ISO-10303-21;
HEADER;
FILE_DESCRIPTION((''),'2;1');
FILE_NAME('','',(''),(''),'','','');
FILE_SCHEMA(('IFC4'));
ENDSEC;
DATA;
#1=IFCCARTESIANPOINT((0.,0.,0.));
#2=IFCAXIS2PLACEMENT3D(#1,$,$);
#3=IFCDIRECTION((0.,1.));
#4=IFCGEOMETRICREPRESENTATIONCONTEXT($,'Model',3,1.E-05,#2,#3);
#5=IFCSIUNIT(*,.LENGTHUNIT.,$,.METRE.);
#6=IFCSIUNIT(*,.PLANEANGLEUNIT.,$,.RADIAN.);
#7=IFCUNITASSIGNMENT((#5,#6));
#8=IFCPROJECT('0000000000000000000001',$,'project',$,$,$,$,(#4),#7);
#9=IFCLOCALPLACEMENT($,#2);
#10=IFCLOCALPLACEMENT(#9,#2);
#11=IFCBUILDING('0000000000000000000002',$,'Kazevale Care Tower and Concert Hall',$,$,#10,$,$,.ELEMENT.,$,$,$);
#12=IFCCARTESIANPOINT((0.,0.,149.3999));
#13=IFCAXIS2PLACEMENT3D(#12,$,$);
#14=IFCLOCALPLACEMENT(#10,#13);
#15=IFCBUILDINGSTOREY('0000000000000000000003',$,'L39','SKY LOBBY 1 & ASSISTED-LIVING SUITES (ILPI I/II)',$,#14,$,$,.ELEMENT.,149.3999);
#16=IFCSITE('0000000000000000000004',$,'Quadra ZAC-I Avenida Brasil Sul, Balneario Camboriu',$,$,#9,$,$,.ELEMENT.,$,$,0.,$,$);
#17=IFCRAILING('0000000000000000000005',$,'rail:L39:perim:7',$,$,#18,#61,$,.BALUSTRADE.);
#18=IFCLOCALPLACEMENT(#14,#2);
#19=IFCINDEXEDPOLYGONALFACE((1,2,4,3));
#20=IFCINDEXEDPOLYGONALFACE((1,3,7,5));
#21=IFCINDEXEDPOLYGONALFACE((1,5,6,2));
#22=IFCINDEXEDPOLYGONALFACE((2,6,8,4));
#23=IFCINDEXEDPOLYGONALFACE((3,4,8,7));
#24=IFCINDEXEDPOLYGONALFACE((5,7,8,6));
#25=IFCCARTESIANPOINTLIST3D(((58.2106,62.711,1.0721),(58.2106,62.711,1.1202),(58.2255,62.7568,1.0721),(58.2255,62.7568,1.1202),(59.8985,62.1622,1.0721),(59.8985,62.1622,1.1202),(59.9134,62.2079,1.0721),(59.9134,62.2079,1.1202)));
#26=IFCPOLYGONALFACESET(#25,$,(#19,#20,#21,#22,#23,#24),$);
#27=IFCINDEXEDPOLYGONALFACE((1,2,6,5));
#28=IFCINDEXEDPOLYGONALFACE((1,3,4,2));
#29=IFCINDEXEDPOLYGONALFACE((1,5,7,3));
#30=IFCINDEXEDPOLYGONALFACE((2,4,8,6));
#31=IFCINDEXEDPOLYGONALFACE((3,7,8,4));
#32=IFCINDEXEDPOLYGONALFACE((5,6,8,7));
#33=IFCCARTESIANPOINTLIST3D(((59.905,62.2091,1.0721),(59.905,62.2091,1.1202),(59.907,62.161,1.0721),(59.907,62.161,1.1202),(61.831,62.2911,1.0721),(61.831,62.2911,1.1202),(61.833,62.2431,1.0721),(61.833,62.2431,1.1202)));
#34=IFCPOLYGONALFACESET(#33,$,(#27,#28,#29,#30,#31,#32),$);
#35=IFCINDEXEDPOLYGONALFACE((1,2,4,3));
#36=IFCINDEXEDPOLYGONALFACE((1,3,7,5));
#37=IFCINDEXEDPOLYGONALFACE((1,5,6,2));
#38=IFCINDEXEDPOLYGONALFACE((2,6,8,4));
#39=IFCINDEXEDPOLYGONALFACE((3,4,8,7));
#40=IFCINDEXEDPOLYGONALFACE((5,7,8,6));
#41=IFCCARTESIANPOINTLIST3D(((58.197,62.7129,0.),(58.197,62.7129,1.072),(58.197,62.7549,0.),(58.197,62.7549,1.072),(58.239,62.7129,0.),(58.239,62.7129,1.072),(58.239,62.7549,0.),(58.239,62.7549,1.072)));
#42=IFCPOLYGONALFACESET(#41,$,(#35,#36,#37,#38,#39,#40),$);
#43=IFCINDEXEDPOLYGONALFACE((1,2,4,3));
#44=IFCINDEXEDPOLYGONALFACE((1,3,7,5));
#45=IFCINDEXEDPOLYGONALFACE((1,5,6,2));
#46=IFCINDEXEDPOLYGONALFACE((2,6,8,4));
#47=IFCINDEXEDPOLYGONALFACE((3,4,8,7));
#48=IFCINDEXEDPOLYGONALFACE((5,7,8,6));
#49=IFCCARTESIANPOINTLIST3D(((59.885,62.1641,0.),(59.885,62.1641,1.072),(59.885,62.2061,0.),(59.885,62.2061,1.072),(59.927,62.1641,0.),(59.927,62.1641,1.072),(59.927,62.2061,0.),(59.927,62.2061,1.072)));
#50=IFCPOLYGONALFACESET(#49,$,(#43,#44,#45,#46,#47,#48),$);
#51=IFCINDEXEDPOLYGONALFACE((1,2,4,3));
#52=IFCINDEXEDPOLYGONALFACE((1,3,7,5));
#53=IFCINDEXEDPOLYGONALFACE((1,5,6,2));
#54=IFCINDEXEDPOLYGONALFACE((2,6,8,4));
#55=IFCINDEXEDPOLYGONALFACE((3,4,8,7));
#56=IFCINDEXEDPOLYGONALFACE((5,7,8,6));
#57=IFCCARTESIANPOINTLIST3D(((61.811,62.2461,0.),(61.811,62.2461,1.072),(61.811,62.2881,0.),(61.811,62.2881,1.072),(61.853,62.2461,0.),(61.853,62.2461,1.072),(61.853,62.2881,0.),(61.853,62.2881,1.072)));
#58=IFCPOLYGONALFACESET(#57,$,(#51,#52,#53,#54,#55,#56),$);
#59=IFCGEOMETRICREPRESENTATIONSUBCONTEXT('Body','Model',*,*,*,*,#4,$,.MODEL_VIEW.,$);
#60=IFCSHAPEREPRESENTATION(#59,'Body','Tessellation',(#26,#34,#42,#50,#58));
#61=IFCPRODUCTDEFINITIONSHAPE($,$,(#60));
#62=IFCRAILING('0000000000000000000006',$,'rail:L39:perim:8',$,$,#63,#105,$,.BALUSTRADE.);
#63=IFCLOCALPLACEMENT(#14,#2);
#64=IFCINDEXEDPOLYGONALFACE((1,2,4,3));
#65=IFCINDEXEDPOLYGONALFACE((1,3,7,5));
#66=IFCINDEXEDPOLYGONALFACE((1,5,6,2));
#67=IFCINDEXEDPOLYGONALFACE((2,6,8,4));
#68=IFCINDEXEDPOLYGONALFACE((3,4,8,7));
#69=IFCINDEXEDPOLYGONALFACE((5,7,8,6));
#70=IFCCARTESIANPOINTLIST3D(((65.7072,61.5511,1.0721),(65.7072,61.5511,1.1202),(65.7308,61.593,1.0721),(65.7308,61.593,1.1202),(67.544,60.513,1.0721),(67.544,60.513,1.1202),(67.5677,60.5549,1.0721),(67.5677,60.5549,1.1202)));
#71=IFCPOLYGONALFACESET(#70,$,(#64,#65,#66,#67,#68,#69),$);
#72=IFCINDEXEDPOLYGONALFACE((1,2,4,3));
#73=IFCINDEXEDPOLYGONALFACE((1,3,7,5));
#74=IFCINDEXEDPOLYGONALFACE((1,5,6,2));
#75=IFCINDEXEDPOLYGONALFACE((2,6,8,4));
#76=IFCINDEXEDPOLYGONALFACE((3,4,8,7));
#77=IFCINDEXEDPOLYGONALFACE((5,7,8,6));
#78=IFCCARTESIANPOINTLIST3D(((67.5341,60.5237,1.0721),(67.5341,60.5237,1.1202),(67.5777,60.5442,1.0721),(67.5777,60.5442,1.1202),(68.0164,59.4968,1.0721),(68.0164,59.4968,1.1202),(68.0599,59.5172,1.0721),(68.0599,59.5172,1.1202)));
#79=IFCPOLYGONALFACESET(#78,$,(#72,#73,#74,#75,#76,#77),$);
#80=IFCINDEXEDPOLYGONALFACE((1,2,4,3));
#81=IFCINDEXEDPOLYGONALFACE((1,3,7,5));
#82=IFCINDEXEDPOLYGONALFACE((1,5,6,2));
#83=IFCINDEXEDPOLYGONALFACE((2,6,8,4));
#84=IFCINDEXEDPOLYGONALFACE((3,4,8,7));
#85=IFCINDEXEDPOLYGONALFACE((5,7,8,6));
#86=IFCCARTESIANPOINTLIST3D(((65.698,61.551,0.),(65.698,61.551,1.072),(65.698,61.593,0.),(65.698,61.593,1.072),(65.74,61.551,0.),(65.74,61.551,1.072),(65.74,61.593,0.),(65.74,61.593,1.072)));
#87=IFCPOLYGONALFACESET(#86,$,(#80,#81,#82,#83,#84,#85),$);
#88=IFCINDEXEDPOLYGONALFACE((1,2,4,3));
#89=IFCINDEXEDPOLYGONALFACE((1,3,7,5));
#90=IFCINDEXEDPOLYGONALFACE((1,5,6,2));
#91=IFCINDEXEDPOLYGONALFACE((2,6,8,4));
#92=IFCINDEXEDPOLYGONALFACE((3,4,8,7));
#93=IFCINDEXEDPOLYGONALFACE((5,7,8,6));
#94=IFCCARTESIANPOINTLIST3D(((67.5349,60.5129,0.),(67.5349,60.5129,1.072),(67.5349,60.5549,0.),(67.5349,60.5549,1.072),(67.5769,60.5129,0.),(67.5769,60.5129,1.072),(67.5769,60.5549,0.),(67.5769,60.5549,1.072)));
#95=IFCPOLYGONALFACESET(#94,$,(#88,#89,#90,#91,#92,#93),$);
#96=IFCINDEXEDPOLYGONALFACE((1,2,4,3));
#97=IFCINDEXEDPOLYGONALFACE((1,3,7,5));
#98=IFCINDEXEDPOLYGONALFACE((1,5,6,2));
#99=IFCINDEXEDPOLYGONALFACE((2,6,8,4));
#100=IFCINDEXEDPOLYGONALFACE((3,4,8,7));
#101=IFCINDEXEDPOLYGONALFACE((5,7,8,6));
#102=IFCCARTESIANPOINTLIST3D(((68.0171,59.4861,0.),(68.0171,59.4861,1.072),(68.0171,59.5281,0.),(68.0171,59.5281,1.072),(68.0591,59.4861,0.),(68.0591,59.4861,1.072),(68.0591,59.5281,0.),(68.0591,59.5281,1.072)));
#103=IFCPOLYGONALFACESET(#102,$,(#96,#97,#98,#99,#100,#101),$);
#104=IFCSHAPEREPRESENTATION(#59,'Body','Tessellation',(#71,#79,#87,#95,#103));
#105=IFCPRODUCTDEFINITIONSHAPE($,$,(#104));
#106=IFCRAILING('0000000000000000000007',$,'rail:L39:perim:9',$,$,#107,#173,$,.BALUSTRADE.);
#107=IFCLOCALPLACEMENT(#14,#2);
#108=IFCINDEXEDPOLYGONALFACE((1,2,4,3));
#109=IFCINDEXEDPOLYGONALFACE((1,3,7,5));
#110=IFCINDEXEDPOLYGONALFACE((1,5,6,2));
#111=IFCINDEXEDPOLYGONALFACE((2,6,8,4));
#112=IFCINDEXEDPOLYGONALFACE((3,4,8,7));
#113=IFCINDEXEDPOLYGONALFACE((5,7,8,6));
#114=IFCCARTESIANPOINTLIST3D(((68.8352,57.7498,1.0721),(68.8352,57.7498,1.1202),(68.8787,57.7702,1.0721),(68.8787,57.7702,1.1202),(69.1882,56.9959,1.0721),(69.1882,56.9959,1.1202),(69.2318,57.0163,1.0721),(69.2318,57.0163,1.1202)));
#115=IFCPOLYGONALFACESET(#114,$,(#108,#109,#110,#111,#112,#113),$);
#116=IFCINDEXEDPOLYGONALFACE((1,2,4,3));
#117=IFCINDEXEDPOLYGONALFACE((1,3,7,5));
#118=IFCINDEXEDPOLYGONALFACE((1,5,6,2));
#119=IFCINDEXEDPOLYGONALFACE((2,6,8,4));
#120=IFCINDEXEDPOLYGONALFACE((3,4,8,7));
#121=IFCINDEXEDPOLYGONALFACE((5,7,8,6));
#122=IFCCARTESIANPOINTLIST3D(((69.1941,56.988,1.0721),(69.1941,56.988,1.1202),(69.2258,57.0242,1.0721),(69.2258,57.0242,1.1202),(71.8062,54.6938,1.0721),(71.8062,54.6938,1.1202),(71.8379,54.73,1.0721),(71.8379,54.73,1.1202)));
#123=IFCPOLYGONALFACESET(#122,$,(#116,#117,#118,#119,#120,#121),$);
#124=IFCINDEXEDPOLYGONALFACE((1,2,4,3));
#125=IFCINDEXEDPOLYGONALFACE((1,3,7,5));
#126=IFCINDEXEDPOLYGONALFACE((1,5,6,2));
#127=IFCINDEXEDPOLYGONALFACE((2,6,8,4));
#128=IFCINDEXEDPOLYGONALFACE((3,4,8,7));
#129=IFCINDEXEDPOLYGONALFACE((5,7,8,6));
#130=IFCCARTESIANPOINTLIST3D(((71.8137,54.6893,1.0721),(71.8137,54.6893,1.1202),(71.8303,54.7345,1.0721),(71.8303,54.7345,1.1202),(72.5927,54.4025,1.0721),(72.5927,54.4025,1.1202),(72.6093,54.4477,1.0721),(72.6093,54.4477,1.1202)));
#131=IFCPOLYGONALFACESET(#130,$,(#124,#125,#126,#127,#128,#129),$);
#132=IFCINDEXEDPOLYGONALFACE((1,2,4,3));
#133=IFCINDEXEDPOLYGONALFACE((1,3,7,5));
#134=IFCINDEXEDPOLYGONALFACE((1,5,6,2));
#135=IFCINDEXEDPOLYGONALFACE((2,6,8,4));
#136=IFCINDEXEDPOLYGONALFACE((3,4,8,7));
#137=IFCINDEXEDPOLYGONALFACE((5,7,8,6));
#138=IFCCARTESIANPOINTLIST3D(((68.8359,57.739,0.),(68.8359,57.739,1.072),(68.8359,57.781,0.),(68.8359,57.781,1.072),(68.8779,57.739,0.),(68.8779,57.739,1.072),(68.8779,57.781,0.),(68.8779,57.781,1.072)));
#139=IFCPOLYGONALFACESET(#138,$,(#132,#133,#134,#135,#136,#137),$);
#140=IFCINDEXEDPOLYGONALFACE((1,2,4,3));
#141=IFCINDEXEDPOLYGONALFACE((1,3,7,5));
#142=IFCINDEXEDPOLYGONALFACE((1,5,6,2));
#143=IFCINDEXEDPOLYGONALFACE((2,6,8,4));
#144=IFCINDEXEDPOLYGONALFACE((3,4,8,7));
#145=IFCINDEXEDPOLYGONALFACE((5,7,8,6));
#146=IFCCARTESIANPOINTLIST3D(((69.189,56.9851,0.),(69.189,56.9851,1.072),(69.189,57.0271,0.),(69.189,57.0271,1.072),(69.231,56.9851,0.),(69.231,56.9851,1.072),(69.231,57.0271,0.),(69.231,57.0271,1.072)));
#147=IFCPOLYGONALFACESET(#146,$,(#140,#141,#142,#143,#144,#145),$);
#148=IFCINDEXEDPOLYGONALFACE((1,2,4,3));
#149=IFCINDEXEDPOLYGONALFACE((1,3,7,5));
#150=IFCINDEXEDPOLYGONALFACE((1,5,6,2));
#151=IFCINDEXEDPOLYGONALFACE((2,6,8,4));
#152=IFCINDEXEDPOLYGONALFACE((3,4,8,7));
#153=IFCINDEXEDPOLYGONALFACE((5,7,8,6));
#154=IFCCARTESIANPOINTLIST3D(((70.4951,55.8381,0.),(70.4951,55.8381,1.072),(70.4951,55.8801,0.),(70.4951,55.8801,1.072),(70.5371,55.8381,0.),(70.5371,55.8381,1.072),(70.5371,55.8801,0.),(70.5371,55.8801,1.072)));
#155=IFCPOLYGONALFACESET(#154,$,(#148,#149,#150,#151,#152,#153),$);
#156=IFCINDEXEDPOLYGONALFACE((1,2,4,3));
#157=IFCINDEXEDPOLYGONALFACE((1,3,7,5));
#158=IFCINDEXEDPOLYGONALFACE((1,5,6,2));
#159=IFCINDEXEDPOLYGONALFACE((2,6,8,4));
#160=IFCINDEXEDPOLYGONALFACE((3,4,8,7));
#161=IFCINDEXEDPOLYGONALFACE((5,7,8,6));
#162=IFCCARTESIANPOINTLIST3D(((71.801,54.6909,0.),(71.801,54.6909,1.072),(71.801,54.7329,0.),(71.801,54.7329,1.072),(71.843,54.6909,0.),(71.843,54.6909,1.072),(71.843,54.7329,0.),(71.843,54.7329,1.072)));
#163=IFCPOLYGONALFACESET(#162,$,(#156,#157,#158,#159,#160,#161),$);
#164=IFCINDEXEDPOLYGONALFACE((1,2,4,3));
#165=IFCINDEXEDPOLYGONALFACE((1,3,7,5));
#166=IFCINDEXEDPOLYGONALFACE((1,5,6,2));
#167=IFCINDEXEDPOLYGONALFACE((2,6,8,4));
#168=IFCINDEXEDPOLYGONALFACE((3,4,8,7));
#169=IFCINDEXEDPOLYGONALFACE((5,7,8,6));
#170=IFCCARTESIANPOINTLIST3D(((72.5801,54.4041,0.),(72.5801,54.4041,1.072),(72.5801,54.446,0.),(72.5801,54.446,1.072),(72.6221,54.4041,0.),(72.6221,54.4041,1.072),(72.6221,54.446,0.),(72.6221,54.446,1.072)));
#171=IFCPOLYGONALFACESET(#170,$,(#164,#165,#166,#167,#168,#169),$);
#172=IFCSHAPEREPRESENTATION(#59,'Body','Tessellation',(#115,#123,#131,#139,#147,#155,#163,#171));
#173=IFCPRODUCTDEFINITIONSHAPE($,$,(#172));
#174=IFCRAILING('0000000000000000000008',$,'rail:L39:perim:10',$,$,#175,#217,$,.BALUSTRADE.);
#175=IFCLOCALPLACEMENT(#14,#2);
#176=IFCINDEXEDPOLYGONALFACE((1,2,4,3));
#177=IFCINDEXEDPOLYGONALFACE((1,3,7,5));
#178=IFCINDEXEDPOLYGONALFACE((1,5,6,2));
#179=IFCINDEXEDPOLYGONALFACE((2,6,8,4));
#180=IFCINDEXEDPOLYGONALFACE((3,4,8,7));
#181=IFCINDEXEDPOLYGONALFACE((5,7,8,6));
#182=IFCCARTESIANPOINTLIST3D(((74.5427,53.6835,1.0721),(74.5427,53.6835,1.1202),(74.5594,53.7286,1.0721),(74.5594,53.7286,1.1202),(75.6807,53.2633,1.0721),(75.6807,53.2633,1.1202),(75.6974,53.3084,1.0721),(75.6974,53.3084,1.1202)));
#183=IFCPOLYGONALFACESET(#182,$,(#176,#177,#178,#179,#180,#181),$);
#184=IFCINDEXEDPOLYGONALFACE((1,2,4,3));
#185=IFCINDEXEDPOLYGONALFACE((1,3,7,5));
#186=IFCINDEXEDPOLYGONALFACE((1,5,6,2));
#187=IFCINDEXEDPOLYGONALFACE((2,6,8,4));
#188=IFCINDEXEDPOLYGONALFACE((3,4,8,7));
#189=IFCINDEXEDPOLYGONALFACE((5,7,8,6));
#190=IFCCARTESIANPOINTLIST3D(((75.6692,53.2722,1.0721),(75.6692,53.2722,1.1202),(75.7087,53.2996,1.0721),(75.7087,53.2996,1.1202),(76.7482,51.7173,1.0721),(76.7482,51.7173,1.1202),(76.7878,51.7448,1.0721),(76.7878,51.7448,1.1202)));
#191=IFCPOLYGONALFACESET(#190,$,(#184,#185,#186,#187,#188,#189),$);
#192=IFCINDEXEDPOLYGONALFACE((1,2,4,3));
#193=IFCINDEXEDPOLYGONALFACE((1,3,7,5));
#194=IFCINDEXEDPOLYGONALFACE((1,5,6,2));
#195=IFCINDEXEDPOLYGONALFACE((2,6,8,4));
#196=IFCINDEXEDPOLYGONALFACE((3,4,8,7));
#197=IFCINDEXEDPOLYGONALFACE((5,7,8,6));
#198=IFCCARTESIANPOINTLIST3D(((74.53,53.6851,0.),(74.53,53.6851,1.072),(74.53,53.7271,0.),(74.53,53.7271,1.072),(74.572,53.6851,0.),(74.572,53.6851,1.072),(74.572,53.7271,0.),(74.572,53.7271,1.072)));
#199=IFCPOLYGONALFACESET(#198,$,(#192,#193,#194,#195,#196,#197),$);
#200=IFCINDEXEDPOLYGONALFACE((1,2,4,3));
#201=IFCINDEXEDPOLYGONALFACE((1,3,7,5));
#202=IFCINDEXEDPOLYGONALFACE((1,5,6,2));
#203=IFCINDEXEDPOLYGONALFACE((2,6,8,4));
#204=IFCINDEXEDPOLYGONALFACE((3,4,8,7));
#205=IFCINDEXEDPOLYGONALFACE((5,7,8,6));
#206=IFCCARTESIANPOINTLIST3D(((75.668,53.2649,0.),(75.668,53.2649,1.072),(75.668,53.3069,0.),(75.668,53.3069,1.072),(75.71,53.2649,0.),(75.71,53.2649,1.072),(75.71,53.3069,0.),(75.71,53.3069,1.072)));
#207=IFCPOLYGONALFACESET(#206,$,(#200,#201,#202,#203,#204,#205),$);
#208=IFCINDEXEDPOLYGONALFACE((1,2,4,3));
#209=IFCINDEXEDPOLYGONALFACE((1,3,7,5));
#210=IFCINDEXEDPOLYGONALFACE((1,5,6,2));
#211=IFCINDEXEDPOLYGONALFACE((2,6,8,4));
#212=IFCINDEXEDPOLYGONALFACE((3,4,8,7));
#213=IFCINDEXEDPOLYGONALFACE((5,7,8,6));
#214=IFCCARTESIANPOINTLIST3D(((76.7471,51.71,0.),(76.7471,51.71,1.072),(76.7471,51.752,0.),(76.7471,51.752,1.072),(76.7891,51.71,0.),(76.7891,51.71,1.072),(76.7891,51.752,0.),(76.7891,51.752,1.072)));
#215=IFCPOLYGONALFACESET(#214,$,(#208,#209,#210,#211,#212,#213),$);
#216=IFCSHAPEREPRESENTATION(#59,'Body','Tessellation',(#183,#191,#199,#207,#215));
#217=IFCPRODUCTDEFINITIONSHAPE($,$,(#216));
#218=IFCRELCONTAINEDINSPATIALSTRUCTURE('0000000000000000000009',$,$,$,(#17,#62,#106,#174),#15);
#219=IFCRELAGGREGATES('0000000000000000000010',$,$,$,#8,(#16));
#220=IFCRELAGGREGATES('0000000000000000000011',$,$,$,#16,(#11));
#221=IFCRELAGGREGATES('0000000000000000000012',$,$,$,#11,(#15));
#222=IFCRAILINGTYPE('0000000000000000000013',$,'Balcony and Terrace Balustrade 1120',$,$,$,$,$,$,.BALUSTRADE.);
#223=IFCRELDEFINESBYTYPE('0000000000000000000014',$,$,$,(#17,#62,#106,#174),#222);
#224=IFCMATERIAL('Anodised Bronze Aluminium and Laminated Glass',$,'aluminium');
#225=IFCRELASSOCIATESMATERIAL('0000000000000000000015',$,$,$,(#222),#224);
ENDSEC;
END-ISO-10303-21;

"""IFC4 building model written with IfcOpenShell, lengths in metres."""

from ifc_helpers import new_model, si_unit, direction, frame, origin, origin_2d, place, context, subcontext, project, spatial, rectangle, extrude, material, type_object, element, save


model = new_model("IFC4")

# Units and contexts
model_context = context("Model", 3, precision=1e-05, world=origin(), true_north=direction((0.0, 1.0)))
body_context = subcontext(model_context, "Body", "Model", "MODEL_VIEW")
ifc_project = project(units=[si_unit("LENGTHUNIT", "METRE"), si_unit("PLANEANGLEUNIT", "RADIAN")], contexts=[model_context])

# Site, building, storey
site_placement = place(None, origin())
site = spatial("IfcSite", under=ifc_project, at=site_placement, Name="Quadra ZAC-I Avenida Brasil Sul, Balneario Camboriu", CompositionType="ELEMENT", RefElevation=0.0)
building_placement = place(site_placement, origin())
building = spatial("IfcBuilding", under=site, at=building_placement, Name="Kazevale Care Tower and Concert Hall", CompositionType="ELEMENT")
storey_placement = place(building_placement, frame((0.0, 0.0, 149.3999)))
storey = spatial("IfcBuildingStorey", under=building, at=storey_placement, Name="L39", Description="SKY LOBBY 1 & ASSISTED-LIVING SUITES (ILPI I/II)", CompositionType="ELEMENT", Elevation=149.3999)

# Railings
ifc_material_1 = material(Name="Anodised Bronze Aluminium and Laminated Glass", Category="aluminium")
railing_type = type_object("IfcRailingType", Name="Balcony and Terrace Balustrade 1120", PredefinedType="BALUSTRADE", material=ifc_material_1)
railing_1_placement = place(storey_placement, frame((58.218, 62.7339, 0.0)))
element("IfcRailing", 1, at=railing_1_placement, inside=storey, type_object=railing_type, Name="rail:L39:perim:7", PredefinedType="BALUSTRADE", context=body_context, shape_type="SweptSolid", body=[
    extrude(rectangle(XDim=0.0481, YDim=0.0481, at=origin_2d()), frame((0.0, 0.0, 1.0962), z_axis=(0.950996, -0.309204, 0.0), x_axis=(0.309204, 0.950996, 0.0)), (0.0, 0.0, 1.0), 1.7749),
    extrude(rectangle(XDim=0.0481, YDim=0.0481, at=origin_2d()), frame((1.688, -0.5488, 1.0962), z_axis=(0.999094, 0.042552, 0.0), x_axis=(-0.042552, 0.999094, 0.0)), (0.0, 0.0, 1.0), 1.9277),
    extrude(rectangle(XDim=0.042, YDim=0.042, at=origin_2d()), origin(), (0.0, 0.0, 1.0), 1.072),
    extrude(rectangle(XDim=0.042, YDim=0.042, at=origin_2d()), frame((1.688, -0.5488, 0.0)), (0.0, 0.0, 1.0), 1.072),
    extrude(rectangle(XDim=0.042, YDim=0.042, at=origin_2d()), frame((3.614, -0.4668, 0.0)), (0.0, 0.0, 1.0), 1.072),
])
railing_2_placement = place(storey_placement, frame((65.719, 61.572, 0.0)))
element("IfcRailing", 2, at=railing_2_placement, inside=storey, type_object=railing_type, Name="rail:L39:perim:8", PredefinedType="BALUSTRADE", context=body_context, shape_type="SweptSolid", body=[
    extrude(rectangle(XDim=0.0481, YDim=0.0481, at=origin_2d()), frame((0.0, 0.0, 1.0962), z_axis=(0.870597, -0.491996, 0.0), x_axis=(0.491996, 0.870597, 0.0)), (0.0, 0.0, 1.0), 2.1099),
    extrude(rectangle(XDim=0.0481, YDim=0.0481, at=origin_2d()), frame((1.8369, -1.0381, 1.0962), z_axis=(0.42504, -0.905174, 0.0), x_axis=(0.905174, 0.42504, 0.0)), (0.0, 0.0, 1.0), 1.1345),
    extrude(rectangle(XDim=0.042, YDim=0.042, at=origin_2d()), origin(), (0.0, 0.0, 1.0), 1.072),
    extrude(rectangle(XDim=0.042, YDim=0.042, at=origin_2d()), frame((1.8369, -1.0381, 0.0)), (0.0, 0.0, 1.0), 1.072),
    extrude(rectangle(XDim=0.042, YDim=0.042, at=origin_2d()), frame((2.3191, -2.0649, 0.0)), (0.0, 0.0, 1.0), 1.072),
])
railing_3_placement = place(storey_placement, frame((68.8569, 57.76, 0.0)))
element("IfcRailing", 3, at=railing_3_placement, inside=storey, type_object=railing_type, Name="rail:L39:perim:9", PredefinedType="BALUSTRADE", context=body_context, shape_type="SweptSolid", body=[
    extrude(rectangle(XDim=0.0481, YDim=0.0481, at=origin_2d()), frame((0.0, 0.0, 1.0962), z_axis=(0.424073, -0.905628, 0.0), x_axis=(0.905628, 0.424073, 0.0)), (0.0, 0.0, 1.0), 0.8325),
    extrude(rectangle(XDim=0.0481, YDim=0.0481, at=origin_2d()), frame((0.353, -0.7539, 1.0962), z_axis=(0.751344, -0.65991, 0.0), x_axis=(0.65991, 0.751344, 0.0)), (0.0, 0.0, 1.0), 3.4766),
    extrude(rectangle(XDim=0.0481, YDim=0.0481, at=origin_2d()), frame((2.9651, -3.0481, 1.0962), z_axis=(0.938403, -0.345542, 0.0), x_axis=(0.345542, 0.938403, 0.0)), (0.0, 0.0, 1.0), 0.8301),
    extrude(rectangle(XDim=0.042, YDim=0.042, at=origin_2d()), origin(), (0.0, 0.0, 1.0), 1.072),
    extrude(rectangle(XDim=0.042, YDim=0.042, at=origin_2d()), frame((0.353, -0.7539, 0.0)), (0.0, 0.0, 1.0), 1.072),
    extrude(rectangle(XDim=0.042, YDim=0.042, at=origin_2d()), frame((1.6592, -1.9009, 0.0)), (0.0, 0.0, 1.0), 1.072),
    extrude(rectangle(XDim=0.042, YDim=0.042, at=origin_2d()), frame((2.9651, -3.0481, 0.0)), (0.0, 0.0, 1.0), 1.072),
    extrude(rectangle(XDim=0.042, YDim=0.042, at=origin_2d()), frame((3.7441, -3.335, 0.0)), (0.0, 0.0, 1.0), 1.072),
])
railing_4_placement = place(storey_placement, frame((74.551, 53.7061, 0.0)))
element("IfcRailing", 4, at=railing_4_placement, inside=storey, type_object=railing_type, Name="rail:L39:perim:10", PredefinedType="BALUSTRADE", context=body_context, shape_type="SweptSolid", body=[
    extrude(rectangle(XDim=0.0481, YDim=0.0481, at=origin_2d()), frame((0.0, 0.0, 1.0962), z_axis=(0.938095, -0.346377, 0.0), x_axis=(0.346377, 0.938095, 0.0)), (0.0, 0.0, 1.0), 1.2131),
    extrude(rectangle(XDim=0.0481, YDim=0.0481, at=origin_2d()), frame((1.1379, -0.4202, 1.0962), z_axis=(0.570142, -0.821546, 0.0), x_axis=(0.821546, 0.570142, 0.0)), (0.0, 0.0, 1.0), 1.8926),
    extrude(rectangle(XDim=0.042, YDim=0.042, at=origin_2d()), origin(), (0.0, 0.0, 1.0), 1.072),
    extrude(rectangle(XDim=0.042, YDim=0.042, at=origin_2d()), frame((1.1379, -0.4202, 0.0)), (0.0, 0.0, 1.0), 1.072),
    extrude(rectangle(XDim=0.042, YDim=0.042, at=origin_2d()), frame((2.217, -1.9751, 0.0)), (0.0, 0.0, 1.0), 1.072),
])

save(model, "model.ifc")
